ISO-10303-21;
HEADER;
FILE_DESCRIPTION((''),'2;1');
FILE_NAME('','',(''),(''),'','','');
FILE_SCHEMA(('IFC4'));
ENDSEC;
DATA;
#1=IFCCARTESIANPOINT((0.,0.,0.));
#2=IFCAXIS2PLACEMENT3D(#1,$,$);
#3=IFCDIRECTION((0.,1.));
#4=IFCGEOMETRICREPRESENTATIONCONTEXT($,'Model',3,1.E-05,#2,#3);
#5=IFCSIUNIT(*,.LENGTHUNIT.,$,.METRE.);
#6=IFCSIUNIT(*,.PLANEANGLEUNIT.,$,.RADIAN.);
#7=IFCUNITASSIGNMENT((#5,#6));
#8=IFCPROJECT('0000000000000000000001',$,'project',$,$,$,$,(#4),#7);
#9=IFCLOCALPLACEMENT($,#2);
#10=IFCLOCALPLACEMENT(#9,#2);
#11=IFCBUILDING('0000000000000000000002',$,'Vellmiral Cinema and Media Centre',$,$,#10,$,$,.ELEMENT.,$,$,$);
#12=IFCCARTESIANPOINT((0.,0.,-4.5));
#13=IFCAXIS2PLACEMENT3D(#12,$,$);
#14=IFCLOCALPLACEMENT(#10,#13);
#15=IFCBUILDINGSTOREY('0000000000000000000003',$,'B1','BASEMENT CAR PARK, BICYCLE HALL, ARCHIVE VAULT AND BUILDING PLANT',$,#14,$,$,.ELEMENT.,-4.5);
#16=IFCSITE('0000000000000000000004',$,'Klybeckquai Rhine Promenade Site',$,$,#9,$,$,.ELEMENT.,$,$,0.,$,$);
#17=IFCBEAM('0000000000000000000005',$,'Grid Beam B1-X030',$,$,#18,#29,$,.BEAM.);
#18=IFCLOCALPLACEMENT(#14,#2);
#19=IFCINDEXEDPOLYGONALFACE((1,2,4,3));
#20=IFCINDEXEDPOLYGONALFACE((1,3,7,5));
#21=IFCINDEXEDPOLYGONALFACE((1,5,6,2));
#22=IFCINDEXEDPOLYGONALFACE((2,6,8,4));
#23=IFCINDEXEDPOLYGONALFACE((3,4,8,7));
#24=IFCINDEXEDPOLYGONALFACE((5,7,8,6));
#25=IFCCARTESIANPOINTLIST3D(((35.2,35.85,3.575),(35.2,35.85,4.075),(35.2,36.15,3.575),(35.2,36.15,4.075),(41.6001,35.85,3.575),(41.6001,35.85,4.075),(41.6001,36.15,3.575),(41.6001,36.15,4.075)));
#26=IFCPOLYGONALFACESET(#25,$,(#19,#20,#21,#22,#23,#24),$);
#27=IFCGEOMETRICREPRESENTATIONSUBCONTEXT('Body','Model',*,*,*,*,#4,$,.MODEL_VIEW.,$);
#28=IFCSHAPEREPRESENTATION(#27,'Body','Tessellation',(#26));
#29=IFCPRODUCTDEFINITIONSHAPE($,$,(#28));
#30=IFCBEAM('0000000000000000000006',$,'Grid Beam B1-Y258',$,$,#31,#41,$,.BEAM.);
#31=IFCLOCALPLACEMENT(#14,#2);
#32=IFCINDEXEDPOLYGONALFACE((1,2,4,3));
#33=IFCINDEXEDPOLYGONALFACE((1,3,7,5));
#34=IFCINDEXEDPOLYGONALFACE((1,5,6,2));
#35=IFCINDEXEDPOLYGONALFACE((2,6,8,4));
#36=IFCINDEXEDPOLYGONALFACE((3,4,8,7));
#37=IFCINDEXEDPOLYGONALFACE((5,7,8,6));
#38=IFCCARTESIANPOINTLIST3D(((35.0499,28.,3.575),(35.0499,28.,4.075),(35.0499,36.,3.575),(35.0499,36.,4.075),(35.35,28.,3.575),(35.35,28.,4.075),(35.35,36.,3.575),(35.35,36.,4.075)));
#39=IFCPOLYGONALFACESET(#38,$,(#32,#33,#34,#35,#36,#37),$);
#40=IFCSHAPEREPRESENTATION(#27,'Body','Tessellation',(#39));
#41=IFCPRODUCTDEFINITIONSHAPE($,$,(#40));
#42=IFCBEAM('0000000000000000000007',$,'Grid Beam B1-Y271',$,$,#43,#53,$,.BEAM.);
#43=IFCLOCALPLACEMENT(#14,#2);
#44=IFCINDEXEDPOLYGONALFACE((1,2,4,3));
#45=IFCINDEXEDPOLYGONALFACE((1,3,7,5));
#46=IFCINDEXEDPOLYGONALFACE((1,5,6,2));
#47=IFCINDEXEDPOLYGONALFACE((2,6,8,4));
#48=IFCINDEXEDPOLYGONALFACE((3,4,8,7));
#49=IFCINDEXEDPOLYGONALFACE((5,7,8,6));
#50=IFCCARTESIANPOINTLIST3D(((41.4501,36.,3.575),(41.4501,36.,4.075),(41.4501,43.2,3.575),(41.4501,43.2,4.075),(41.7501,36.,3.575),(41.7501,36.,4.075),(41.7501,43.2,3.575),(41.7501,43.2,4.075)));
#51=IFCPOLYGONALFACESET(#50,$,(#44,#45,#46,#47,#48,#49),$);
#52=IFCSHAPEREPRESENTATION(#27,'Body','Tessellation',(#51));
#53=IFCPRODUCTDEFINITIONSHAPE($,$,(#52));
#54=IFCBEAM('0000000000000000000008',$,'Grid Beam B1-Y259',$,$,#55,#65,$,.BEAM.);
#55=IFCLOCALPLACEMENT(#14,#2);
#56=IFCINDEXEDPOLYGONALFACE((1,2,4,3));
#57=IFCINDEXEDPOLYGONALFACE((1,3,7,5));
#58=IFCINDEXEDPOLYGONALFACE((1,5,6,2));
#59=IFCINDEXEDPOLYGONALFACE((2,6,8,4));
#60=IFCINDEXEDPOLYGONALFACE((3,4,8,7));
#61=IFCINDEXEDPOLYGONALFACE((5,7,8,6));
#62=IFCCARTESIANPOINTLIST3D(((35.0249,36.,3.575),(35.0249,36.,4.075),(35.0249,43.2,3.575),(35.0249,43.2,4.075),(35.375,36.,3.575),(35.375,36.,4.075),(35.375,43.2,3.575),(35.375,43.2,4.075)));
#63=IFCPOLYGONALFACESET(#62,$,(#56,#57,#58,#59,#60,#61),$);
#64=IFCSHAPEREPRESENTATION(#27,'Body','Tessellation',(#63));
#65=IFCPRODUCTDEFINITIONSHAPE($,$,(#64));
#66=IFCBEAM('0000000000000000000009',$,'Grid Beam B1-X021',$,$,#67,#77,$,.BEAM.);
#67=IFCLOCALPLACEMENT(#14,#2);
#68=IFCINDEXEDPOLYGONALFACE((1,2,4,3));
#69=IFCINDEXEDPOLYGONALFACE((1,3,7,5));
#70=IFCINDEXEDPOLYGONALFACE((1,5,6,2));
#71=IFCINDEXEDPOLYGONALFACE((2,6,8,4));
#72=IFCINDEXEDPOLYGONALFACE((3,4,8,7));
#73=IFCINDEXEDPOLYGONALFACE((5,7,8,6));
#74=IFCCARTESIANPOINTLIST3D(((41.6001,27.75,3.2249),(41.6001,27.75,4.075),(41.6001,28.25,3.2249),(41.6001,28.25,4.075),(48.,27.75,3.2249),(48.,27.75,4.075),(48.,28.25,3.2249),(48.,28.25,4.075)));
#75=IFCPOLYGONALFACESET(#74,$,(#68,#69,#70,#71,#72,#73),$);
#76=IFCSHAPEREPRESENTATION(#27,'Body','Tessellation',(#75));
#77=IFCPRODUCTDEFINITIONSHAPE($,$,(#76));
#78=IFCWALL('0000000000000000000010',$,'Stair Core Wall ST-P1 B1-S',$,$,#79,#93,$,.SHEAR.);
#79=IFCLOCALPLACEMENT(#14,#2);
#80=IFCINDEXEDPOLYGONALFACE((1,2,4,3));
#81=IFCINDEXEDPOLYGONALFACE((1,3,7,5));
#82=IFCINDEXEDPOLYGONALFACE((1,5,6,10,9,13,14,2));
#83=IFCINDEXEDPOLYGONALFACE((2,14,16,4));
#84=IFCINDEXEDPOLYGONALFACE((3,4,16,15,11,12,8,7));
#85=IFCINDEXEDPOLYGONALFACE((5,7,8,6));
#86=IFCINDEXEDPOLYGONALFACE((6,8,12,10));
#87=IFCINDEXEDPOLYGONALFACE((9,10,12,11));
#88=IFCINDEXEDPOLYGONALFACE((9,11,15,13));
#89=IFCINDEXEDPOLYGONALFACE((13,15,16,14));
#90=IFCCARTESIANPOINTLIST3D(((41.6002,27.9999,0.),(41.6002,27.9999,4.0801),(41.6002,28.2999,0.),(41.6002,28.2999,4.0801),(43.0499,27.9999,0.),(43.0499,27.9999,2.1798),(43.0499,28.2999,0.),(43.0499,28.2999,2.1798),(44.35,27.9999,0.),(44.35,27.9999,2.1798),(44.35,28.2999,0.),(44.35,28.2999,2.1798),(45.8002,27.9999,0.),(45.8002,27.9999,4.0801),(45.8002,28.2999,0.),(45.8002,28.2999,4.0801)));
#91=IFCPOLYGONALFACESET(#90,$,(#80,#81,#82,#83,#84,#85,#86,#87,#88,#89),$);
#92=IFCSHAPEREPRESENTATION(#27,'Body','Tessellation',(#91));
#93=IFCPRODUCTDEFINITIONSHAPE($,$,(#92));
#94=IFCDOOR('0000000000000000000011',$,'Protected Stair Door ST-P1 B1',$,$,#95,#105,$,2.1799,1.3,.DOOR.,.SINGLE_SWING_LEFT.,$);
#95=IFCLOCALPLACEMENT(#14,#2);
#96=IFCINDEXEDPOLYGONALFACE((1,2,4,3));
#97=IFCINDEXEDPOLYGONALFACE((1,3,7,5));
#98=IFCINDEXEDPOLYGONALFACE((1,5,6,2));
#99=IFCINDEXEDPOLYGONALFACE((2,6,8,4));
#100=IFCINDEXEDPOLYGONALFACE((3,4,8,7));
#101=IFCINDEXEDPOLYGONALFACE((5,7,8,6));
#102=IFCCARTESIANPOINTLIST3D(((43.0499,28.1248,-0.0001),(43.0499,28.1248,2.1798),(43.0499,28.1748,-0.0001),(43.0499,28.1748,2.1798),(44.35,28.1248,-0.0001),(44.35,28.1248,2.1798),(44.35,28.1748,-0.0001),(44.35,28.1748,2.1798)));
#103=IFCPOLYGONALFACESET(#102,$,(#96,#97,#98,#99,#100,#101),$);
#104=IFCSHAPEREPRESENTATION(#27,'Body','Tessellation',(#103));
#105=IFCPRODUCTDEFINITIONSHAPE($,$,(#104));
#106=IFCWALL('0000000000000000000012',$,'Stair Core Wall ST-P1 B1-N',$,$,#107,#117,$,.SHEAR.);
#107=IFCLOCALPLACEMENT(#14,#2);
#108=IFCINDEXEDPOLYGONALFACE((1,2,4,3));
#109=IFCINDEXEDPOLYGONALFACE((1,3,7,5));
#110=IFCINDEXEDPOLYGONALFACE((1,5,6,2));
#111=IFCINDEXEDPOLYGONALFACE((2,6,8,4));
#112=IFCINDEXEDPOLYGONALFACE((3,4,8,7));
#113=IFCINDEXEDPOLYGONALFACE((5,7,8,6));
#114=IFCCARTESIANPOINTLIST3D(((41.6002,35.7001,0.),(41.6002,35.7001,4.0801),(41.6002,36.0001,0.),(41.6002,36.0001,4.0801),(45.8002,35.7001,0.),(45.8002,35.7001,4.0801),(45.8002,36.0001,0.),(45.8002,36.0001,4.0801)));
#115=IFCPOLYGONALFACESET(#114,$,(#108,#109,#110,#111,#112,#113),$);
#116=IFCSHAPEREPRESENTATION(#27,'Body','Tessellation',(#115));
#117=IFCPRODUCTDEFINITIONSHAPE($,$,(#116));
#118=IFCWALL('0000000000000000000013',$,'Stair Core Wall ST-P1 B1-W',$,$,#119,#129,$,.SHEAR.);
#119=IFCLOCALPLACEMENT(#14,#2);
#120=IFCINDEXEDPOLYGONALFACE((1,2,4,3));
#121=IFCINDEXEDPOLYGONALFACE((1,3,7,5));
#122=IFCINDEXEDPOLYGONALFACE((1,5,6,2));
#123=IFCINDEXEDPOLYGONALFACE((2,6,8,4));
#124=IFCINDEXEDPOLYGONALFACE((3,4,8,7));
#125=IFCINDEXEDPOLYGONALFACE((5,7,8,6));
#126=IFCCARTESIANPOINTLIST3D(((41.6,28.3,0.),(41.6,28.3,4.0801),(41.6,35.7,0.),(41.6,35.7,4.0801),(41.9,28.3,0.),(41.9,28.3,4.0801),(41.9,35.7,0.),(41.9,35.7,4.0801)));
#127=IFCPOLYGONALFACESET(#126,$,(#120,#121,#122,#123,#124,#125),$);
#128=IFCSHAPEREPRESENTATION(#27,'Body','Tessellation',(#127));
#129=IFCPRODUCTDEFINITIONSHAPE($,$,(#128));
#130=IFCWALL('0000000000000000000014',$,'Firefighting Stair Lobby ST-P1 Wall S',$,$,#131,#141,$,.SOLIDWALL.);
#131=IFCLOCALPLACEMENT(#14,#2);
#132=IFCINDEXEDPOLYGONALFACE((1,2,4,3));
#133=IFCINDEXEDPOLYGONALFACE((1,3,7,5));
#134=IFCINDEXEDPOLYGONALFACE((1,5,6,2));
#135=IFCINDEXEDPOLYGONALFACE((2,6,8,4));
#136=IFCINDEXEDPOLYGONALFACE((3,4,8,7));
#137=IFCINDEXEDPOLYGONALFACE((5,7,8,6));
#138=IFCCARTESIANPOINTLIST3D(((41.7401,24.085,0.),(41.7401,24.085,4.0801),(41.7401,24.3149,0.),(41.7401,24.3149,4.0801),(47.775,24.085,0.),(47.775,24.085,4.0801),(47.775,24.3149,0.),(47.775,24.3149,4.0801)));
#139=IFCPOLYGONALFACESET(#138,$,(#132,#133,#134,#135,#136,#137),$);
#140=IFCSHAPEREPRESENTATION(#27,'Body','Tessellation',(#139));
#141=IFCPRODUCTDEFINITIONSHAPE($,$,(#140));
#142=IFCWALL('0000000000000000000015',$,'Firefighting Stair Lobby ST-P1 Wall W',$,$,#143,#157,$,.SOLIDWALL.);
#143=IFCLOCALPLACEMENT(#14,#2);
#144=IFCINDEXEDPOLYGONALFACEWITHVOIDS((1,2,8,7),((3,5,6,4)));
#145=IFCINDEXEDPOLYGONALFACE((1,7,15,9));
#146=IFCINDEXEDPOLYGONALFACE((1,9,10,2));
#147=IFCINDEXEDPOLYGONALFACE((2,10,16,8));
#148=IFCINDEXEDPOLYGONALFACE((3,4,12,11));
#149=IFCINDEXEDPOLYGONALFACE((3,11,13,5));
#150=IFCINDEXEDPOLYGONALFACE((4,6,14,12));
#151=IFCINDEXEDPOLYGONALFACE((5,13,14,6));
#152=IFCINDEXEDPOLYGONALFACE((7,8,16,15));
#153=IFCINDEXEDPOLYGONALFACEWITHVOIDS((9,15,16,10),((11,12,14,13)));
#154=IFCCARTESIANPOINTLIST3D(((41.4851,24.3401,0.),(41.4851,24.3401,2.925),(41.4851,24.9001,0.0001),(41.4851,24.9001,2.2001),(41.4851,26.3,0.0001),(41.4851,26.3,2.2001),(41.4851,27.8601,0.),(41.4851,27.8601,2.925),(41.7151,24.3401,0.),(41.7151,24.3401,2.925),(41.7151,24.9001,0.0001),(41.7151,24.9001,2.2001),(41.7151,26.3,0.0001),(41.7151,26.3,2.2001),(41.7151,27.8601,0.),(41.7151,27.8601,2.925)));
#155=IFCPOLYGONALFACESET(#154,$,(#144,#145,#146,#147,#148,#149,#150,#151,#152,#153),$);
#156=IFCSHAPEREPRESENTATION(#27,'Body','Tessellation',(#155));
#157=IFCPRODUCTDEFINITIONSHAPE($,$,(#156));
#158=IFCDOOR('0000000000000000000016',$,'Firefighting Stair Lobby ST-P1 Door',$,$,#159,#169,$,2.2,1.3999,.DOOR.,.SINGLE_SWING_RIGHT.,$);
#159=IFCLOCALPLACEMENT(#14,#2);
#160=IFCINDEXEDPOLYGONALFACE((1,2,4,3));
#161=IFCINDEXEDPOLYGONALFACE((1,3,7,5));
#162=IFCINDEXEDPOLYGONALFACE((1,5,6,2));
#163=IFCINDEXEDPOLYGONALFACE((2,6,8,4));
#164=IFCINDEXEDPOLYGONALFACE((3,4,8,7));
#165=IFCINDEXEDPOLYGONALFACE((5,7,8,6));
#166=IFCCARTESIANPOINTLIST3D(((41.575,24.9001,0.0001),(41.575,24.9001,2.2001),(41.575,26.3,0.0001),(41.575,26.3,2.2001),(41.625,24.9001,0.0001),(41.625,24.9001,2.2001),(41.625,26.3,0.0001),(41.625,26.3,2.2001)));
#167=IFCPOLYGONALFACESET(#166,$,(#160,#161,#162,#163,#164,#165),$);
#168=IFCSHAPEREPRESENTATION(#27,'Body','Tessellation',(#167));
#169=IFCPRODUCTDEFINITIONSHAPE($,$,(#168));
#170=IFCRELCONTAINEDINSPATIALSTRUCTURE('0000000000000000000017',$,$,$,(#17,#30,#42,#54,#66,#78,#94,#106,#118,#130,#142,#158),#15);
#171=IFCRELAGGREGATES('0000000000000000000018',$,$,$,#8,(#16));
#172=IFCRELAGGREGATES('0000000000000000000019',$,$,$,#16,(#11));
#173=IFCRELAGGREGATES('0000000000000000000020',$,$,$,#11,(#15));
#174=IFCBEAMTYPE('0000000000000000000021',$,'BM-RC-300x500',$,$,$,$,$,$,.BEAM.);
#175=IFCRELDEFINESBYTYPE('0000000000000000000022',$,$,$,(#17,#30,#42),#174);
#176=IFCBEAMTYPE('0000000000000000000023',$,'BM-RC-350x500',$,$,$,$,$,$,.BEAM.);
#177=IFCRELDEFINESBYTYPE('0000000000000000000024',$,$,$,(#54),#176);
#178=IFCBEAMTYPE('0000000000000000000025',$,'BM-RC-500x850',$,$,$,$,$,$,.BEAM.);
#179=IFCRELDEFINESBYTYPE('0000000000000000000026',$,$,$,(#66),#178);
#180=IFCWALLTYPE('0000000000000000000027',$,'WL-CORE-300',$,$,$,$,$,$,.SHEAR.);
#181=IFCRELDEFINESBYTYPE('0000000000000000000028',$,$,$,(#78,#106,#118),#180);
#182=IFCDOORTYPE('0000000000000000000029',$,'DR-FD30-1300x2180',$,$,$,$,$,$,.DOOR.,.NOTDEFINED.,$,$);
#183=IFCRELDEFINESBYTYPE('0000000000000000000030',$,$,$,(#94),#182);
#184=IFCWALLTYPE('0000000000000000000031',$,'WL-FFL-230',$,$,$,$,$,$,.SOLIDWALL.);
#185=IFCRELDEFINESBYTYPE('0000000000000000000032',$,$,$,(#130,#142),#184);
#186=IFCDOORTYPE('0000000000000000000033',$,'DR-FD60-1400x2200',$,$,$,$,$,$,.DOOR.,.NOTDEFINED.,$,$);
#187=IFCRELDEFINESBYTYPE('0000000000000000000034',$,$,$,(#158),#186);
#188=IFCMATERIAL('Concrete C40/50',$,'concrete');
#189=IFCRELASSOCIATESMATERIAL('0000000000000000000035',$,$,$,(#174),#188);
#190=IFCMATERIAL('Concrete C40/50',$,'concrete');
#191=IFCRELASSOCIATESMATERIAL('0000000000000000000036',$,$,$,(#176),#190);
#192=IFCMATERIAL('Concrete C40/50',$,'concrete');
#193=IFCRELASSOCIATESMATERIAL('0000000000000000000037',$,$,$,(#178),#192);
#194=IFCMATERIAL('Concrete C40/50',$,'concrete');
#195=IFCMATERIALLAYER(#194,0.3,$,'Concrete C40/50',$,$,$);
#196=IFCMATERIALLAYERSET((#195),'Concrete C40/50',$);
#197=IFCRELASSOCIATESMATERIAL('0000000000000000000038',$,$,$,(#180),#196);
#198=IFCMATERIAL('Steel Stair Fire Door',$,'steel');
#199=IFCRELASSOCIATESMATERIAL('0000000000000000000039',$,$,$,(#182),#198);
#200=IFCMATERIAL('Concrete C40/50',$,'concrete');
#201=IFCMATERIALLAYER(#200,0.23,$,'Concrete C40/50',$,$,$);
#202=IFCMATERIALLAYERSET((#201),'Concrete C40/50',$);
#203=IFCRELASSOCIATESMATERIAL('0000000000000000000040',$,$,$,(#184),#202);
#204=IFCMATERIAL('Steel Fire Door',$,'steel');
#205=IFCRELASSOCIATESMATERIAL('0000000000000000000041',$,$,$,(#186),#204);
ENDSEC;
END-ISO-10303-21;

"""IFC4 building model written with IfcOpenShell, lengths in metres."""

from ifc_helpers import new_model, si_unit, direction, frame, frame_2d, origin, origin_2d, place, context, subcontext, project, spatial, rectangle, extrude, material, layer, layer_set, material_profile, profile_set, type_object, element, fill, save


model = new_model("IFC4")

# Units and contexts
model_context = context("Model", 3, precision=1e-05, world=origin(), true_north=direction((0.0, 1.0)))
body_context = subcontext(model_context, "Body", "Model", "MODEL_VIEW")
ifc_project = project(units=[si_unit("LENGTHUNIT", "METRE"), si_unit("PLANEANGLEUNIT", "RADIAN")], contexts=[model_context])

# Site, building, storey
site_placement = place(None, origin())
site = spatial("IfcSite", under=ifc_project, at=site_placement, Name="Klybeckquai Rhine Promenade Site", CompositionType="ELEMENT", RefElevation=0.0)
building_placement = place(site_placement, origin())
building = spatial("IfcBuilding", under=site, at=building_placement, Name="Vellmiral Cinema and Media Centre", CompositionType="ELEMENT")
storey_placement = place(building_placement, frame((0.0, 0.0, -4.5)))
storey = spatial("IfcBuildingStorey", under=building, at=storey_placement, Name="B1", Description="BASEMENT CAR PARK, BICYCLE HALL, ARCHIVE VAULT AND BUILDING PLANT", CompositionType="ELEMENT", Elevation=-4.5)

# Beams
ifc_material_1 = material(Name="Concrete C40/50", Category="concrete")
ifc_material_profile_1 = material_profile(ifc_material_1, rectangle(XDim=0.3, YDim=0.5, at=origin_2d()), Name="RC 300x500")
ifc_profile_set_1 = profile_set([ifc_material_profile_1], Name="Concrete C40/50")
beam_type_1 = type_object("IfcBeamType", Name="BM-RC-300x500", PredefinedType="BEAM", material=ifc_profile_set_1)
beam_1_placement = place(storey_placement, frame((35.2, 36.0, 3.825), z_axis=(1.0, 0.0, 0.0), x_axis=(0.0, 1.0, 0.0)))
element("IfcBeam", 1, at=beam_1_placement, inside=storey, type_object=beam_type_1, Name="Grid Beam B1-X030", PredefinedType="BEAM", context=body_context, shape_type="SweptSolid", body=[
    extrude(rectangle(XDim=0.3, YDim=0.5, at=origin_2d()), origin(), (0.0, 0.0, 1.0), 6.4001),
])
beam_2_placement = place(storey_placement, frame((35.2, 28.0, 3.825), z_axis=(0.0, 1.0, 0.0), x_axis=(-1.0, 0.0, 0.0)))
element("IfcBeam", 2, at=beam_2_placement, inside=storey, type_object=beam_type_1, Name="Grid Beam B1-Y258", PredefinedType="BEAM", context=body_context, shape_type="SweptSolid", body=[
    extrude(rectangle(XDim=0.3, YDim=0.5, at=origin_2d()), origin(), (0.0, 0.0, 1.0), 8.0),
])
beam_3_placement = place(storey_placement, frame((41.6001, 36.0, 3.825), z_axis=(0.0, 1.0, 0.0), x_axis=(-1.0, 0.0, 0.0)))
element("IfcBeam", 3, at=beam_3_placement, inside=storey, type_object=beam_type_1, Name="Grid Beam B1-Y271", PredefinedType="BEAM", context=body_context, shape_type="SweptSolid", body=[
    extrude(rectangle(XDim=0.3, YDim=0.5, at=origin_2d()), origin(), (0.0, 0.0, 1.0), 7.2),
])
ifc_material_2 = material(Name="Concrete C40/50", Category="concrete")
ifc_material_profile_2 = material_profile(ifc_material_2, rectangle(XDim=0.3501, YDim=0.5, at=origin_2d()), Name="RC 350x500")
ifc_profile_set_2 = profile_set([ifc_material_profile_2], Name="Concrete C40/50")
beam_type_2 = type_object("IfcBeamType", Name="BM-RC-350x500", PredefinedType="BEAM", material=ifc_profile_set_2)
beam_4_placement = place(storey_placement, frame((35.2, 36.0, 3.825), z_axis=(0.0, 1.0, 0.0), x_axis=(-1.0, 0.0, 0.0)))
element("IfcBeam", 4, at=beam_4_placement, inside=storey, type_object=beam_type_2, Name="Grid Beam B1-Y259", PredefinedType="BEAM", context=body_context, shape_type="SweptSolid", body=[
    extrude(rectangle(XDim=0.3501, YDim=0.5, at=origin_2d()), origin(), (0.0, 0.0, 1.0), 7.2),
])
ifc_material_3 = material(Name="Concrete C40/50", Category="concrete")
ifc_material_profile_3 = material_profile(ifc_material_3, rectangle(XDim=0.5, YDim=0.8501, at=origin_2d()), Name="RC 500x850")
ifc_profile_set_3 = profile_set([ifc_material_profile_3], Name="Concrete C40/50")
beam_type_3 = type_object("IfcBeamType", Name="BM-RC-500x850", PredefinedType="BEAM", material=ifc_profile_set_3)
beam_5_placement = place(storey_placement, frame((41.6001, 28.0, 3.6499), z_axis=(1.0, 0.0, 0.0), x_axis=(0.0, 1.0, 0.0)))
element("IfcBeam", 5, at=beam_5_placement, inside=storey, type_object=beam_type_3, Name="Grid Beam B1-X021", PredefinedType="BEAM", context=body_context, shape_type="SweptSolid", body=[
    extrude(rectangle(XDim=0.5, YDim=0.8501, at=origin_2d()), origin(), (0.0, 0.0, 1.0), 6.3999),
])

# Wall, opening, door
ifc_material_4 = material(Name="Concrete C40/50", Category="concrete")
ifc_layer_1 = layer(ifc_material_4, 0.3, Name="Concrete C40/50")
ifc_layer_set_1 = layer_set([ifc_layer_1], Name="Concrete C40/50")
wall_type_1 = type_object("IfcWallType", Name="WL-CORE-300", PredefinedType="SHEAR", material=ifc_layer_set_1)
wall_1_placement = place(storey_placement, frame((41.6001, 28.1499, 0.0), z_axis=(0.0, 0.0, 1.0), x_axis=(1.0, 0.0, 0.0)))
wall_1 = element("IfcWall", 6, at=wall_1_placement, inside=storey, type_object=wall_type_1, Name="Stair Core Wall ST-P1 B1-S", PredefinedType="SHEAR", context=body_context, shape_type="SweptSolid", body=[
    extrude(rectangle(XDim=4.2, YDim=0.3, at=frame_2d((2.1001, 0.0))), origin(), (0.0, 0.0, 1.0), 4.0801),
])
opening_1_placement = place(wall_1_placement, frame((1.45, 0.0, 0.0)))
opening_1 = element("IfcOpeningElement", 7, at=opening_1_placement, cuts=wall_1, PredefinedType="OPENING", context=body_context, shape_type="SweptSolid", body=[
    extrude(rectangle(XDim=1.3, YDim=2.1799, at=frame_2d((0.6499, 1.0898))), frame((0.0, 0.1621, 0.0), z_axis=(0.0, -1.0, 0.0), x_axis=(1.0, 0.0, 0.0)), (0.0, 0.0, 1.0), 0.324),
])
ifc_material_5 = material(Name="Steel Stair Fire Door", Category="steel")
door_type_1 = type_object("IfcDoorType", Name="DR-FD30-1300x2180", OperationType="NOTDEFINED", PredefinedType="DOOR", material=ifc_material_5)
door_1_placement = place(opening_1_placement, origin())
door_1 = element("IfcDoor", 8, at=door_1_placement, inside=storey, type_object=door_type_1, Name="Protected Stair Door ST-P1 B1", OperationType="SINGLE_SWING_LEFT", OverallHeight=2.1799, OverallWidth=1.3, PredefinedType="DOOR", context=body_context, shape_type="SweptSolid", body=[
    extrude(rectangle(XDim=1.3, YDim=2.1799, at=frame_2d((0.6499, 1.0898))), frame((0.0, 0.0249, 0.0), z_axis=(0.0, -1.0, 0.0), x_axis=(1.0, 0.0, 0.0)), (0.0, 0.0, 1.0), 0.05),
])
fill(opening_1, door_1)

# Walls
wall_2_placement = place(storey_placement, frame((41.6001, 35.8501, 0.0), z_axis=(0.0, 0.0, 1.0), x_axis=(1.0, 0.0, 0.0)))
element("IfcWall", 9, at=wall_2_placement, inside=storey, type_object=wall_type_1, Name="Stair Core Wall ST-P1 B1-N", PredefinedType="SHEAR", context=body_context, shape_type="SweptSolid", body=[
    extrude(rectangle(XDim=4.2, YDim=0.3, at=frame_2d((2.1001, 0.0))), origin(), (0.0, 0.0, 1.0), 4.0801),
])
wall_3_placement = place(storey_placement, frame((41.75, 28.3, 0.0), z_axis=(0.0, 0.0, 1.0), x_axis=(0.0, 1.0, 0.0)))
element("IfcWall", 10, at=wall_3_placement, inside=storey, type_object=wall_type_1, Name="Stair Core Wall ST-P1 B1-W", PredefinedType="SHEAR", context=body_context, shape_type="SweptSolid", body=[
    extrude(rectangle(XDim=7.3999, YDim=0.3, at=frame_2d((3.7, 0.0))), origin(), (0.0, 0.0, 1.0), 4.0801),
])
ifc_material_6 = material(Name="Concrete C40/50", Category="concrete")
ifc_layer_2 = layer(ifc_material_6, 0.23, Name="Concrete C40/50")
ifc_layer_set_2 = layer_set([ifc_layer_2], Name="Concrete C40/50")
wall_type_2 = type_object("IfcWallType", Name="WL-FFL-230", PredefinedType="SOLIDWALL", material=ifc_layer_set_2)
wall_4_placement = place(storey_placement, frame((41.74, 24.2, 0.0), z_axis=(0.0, 0.0, 1.0), x_axis=(1.0, 0.0, 0.0)))
element("IfcWall", 11, at=wall_4_placement, inside=storey, type_object=wall_type_2, Name="Firefighting Stair Lobby ST-P1 Wall S", PredefinedType="SOLIDWALL", context=body_context, shape_type="SweptSolid", body=[
    extrude(rectangle(XDim=6.0349, YDim=0.23, at=frame_2d((3.0176, 0.0))), origin(), (0.0, 0.0, 1.0), 4.0801),
])

# Wall, opening, door
wall_5_placement = place(storey_placement, frame((41.6001, 24.3401, 0.0), z_axis=(0.0, 0.0, 1.0), x_axis=(0.0, 1.0, 0.0)))
wall_5 = element("IfcWall", 12, at=wall_5_placement, inside=storey, type_object=wall_type_2, Name="Firefighting Stair Lobby ST-P1 Wall W", PredefinedType="SOLIDWALL", context=body_context, shape_type="SweptSolid", body=[
    extrude(rectangle(XDim=3.52, YDim=0.23, at=frame_2d((1.76, 0.0))), origin(), (0.0, 0.0, 1.0), 2.925),
])
opening_2_placement = place(wall_5_placement, frame((0.5601, 0.0, 0.0)))
opening_2 = element("IfcOpeningElement", 13, at=opening_2_placement, cuts=wall_5, PredefinedType="OPENING", context=body_context, shape_type="SweptSolid", body=[
    extrude(rectangle(XDim=1.3999, YDim=2.2, at=frame_2d((0.7, 1.1001))), frame((0.0, 0.127, 0.0), z_axis=(0.0, -1.0, 0.0), x_axis=(1.0, 0.0, 0.0)), (0.0, 0.0, 1.0), 0.2539),
])
ifc_material_7 = material(Name="Steel Fire Door", Category="steel")
door_type_2 = type_object("IfcDoorType", Name="DR-FD60-1400x2200", OperationType="NOTDEFINED", PredefinedType="DOOR", material=ifc_material_7)
door_2_placement = place(opening_2_placement, frame((1.3999, 0.0, 0.0), z_axis=(0.0, 0.0, 1.0), x_axis=(-1.0, 0.0, 0.0)))
door_2 = element("IfcDoor", 14, at=door_2_placement, inside=storey, type_object=door_type_2, Name="Firefighting Stair Lobby ST-P1 Door", OperationType="SINGLE_SWING_RIGHT", OverallHeight=2.2, OverallWidth=1.3999, PredefinedType="DOOR", context=body_context, shape_type="SweptSolid", body=[
    extrude(rectangle(XDim=1.3999, YDim=2.2, at=frame_2d((0.7, 1.1001))), frame((0.0, 0.0249, 0.0), z_axis=(0.0, -1.0, 0.0), x_axis=(1.0, 0.0, 0.0)), (0.0, 0.0, 1.0), 0.05),
])
fill(opening_2, door_2)

save(model, "model.ifc")
